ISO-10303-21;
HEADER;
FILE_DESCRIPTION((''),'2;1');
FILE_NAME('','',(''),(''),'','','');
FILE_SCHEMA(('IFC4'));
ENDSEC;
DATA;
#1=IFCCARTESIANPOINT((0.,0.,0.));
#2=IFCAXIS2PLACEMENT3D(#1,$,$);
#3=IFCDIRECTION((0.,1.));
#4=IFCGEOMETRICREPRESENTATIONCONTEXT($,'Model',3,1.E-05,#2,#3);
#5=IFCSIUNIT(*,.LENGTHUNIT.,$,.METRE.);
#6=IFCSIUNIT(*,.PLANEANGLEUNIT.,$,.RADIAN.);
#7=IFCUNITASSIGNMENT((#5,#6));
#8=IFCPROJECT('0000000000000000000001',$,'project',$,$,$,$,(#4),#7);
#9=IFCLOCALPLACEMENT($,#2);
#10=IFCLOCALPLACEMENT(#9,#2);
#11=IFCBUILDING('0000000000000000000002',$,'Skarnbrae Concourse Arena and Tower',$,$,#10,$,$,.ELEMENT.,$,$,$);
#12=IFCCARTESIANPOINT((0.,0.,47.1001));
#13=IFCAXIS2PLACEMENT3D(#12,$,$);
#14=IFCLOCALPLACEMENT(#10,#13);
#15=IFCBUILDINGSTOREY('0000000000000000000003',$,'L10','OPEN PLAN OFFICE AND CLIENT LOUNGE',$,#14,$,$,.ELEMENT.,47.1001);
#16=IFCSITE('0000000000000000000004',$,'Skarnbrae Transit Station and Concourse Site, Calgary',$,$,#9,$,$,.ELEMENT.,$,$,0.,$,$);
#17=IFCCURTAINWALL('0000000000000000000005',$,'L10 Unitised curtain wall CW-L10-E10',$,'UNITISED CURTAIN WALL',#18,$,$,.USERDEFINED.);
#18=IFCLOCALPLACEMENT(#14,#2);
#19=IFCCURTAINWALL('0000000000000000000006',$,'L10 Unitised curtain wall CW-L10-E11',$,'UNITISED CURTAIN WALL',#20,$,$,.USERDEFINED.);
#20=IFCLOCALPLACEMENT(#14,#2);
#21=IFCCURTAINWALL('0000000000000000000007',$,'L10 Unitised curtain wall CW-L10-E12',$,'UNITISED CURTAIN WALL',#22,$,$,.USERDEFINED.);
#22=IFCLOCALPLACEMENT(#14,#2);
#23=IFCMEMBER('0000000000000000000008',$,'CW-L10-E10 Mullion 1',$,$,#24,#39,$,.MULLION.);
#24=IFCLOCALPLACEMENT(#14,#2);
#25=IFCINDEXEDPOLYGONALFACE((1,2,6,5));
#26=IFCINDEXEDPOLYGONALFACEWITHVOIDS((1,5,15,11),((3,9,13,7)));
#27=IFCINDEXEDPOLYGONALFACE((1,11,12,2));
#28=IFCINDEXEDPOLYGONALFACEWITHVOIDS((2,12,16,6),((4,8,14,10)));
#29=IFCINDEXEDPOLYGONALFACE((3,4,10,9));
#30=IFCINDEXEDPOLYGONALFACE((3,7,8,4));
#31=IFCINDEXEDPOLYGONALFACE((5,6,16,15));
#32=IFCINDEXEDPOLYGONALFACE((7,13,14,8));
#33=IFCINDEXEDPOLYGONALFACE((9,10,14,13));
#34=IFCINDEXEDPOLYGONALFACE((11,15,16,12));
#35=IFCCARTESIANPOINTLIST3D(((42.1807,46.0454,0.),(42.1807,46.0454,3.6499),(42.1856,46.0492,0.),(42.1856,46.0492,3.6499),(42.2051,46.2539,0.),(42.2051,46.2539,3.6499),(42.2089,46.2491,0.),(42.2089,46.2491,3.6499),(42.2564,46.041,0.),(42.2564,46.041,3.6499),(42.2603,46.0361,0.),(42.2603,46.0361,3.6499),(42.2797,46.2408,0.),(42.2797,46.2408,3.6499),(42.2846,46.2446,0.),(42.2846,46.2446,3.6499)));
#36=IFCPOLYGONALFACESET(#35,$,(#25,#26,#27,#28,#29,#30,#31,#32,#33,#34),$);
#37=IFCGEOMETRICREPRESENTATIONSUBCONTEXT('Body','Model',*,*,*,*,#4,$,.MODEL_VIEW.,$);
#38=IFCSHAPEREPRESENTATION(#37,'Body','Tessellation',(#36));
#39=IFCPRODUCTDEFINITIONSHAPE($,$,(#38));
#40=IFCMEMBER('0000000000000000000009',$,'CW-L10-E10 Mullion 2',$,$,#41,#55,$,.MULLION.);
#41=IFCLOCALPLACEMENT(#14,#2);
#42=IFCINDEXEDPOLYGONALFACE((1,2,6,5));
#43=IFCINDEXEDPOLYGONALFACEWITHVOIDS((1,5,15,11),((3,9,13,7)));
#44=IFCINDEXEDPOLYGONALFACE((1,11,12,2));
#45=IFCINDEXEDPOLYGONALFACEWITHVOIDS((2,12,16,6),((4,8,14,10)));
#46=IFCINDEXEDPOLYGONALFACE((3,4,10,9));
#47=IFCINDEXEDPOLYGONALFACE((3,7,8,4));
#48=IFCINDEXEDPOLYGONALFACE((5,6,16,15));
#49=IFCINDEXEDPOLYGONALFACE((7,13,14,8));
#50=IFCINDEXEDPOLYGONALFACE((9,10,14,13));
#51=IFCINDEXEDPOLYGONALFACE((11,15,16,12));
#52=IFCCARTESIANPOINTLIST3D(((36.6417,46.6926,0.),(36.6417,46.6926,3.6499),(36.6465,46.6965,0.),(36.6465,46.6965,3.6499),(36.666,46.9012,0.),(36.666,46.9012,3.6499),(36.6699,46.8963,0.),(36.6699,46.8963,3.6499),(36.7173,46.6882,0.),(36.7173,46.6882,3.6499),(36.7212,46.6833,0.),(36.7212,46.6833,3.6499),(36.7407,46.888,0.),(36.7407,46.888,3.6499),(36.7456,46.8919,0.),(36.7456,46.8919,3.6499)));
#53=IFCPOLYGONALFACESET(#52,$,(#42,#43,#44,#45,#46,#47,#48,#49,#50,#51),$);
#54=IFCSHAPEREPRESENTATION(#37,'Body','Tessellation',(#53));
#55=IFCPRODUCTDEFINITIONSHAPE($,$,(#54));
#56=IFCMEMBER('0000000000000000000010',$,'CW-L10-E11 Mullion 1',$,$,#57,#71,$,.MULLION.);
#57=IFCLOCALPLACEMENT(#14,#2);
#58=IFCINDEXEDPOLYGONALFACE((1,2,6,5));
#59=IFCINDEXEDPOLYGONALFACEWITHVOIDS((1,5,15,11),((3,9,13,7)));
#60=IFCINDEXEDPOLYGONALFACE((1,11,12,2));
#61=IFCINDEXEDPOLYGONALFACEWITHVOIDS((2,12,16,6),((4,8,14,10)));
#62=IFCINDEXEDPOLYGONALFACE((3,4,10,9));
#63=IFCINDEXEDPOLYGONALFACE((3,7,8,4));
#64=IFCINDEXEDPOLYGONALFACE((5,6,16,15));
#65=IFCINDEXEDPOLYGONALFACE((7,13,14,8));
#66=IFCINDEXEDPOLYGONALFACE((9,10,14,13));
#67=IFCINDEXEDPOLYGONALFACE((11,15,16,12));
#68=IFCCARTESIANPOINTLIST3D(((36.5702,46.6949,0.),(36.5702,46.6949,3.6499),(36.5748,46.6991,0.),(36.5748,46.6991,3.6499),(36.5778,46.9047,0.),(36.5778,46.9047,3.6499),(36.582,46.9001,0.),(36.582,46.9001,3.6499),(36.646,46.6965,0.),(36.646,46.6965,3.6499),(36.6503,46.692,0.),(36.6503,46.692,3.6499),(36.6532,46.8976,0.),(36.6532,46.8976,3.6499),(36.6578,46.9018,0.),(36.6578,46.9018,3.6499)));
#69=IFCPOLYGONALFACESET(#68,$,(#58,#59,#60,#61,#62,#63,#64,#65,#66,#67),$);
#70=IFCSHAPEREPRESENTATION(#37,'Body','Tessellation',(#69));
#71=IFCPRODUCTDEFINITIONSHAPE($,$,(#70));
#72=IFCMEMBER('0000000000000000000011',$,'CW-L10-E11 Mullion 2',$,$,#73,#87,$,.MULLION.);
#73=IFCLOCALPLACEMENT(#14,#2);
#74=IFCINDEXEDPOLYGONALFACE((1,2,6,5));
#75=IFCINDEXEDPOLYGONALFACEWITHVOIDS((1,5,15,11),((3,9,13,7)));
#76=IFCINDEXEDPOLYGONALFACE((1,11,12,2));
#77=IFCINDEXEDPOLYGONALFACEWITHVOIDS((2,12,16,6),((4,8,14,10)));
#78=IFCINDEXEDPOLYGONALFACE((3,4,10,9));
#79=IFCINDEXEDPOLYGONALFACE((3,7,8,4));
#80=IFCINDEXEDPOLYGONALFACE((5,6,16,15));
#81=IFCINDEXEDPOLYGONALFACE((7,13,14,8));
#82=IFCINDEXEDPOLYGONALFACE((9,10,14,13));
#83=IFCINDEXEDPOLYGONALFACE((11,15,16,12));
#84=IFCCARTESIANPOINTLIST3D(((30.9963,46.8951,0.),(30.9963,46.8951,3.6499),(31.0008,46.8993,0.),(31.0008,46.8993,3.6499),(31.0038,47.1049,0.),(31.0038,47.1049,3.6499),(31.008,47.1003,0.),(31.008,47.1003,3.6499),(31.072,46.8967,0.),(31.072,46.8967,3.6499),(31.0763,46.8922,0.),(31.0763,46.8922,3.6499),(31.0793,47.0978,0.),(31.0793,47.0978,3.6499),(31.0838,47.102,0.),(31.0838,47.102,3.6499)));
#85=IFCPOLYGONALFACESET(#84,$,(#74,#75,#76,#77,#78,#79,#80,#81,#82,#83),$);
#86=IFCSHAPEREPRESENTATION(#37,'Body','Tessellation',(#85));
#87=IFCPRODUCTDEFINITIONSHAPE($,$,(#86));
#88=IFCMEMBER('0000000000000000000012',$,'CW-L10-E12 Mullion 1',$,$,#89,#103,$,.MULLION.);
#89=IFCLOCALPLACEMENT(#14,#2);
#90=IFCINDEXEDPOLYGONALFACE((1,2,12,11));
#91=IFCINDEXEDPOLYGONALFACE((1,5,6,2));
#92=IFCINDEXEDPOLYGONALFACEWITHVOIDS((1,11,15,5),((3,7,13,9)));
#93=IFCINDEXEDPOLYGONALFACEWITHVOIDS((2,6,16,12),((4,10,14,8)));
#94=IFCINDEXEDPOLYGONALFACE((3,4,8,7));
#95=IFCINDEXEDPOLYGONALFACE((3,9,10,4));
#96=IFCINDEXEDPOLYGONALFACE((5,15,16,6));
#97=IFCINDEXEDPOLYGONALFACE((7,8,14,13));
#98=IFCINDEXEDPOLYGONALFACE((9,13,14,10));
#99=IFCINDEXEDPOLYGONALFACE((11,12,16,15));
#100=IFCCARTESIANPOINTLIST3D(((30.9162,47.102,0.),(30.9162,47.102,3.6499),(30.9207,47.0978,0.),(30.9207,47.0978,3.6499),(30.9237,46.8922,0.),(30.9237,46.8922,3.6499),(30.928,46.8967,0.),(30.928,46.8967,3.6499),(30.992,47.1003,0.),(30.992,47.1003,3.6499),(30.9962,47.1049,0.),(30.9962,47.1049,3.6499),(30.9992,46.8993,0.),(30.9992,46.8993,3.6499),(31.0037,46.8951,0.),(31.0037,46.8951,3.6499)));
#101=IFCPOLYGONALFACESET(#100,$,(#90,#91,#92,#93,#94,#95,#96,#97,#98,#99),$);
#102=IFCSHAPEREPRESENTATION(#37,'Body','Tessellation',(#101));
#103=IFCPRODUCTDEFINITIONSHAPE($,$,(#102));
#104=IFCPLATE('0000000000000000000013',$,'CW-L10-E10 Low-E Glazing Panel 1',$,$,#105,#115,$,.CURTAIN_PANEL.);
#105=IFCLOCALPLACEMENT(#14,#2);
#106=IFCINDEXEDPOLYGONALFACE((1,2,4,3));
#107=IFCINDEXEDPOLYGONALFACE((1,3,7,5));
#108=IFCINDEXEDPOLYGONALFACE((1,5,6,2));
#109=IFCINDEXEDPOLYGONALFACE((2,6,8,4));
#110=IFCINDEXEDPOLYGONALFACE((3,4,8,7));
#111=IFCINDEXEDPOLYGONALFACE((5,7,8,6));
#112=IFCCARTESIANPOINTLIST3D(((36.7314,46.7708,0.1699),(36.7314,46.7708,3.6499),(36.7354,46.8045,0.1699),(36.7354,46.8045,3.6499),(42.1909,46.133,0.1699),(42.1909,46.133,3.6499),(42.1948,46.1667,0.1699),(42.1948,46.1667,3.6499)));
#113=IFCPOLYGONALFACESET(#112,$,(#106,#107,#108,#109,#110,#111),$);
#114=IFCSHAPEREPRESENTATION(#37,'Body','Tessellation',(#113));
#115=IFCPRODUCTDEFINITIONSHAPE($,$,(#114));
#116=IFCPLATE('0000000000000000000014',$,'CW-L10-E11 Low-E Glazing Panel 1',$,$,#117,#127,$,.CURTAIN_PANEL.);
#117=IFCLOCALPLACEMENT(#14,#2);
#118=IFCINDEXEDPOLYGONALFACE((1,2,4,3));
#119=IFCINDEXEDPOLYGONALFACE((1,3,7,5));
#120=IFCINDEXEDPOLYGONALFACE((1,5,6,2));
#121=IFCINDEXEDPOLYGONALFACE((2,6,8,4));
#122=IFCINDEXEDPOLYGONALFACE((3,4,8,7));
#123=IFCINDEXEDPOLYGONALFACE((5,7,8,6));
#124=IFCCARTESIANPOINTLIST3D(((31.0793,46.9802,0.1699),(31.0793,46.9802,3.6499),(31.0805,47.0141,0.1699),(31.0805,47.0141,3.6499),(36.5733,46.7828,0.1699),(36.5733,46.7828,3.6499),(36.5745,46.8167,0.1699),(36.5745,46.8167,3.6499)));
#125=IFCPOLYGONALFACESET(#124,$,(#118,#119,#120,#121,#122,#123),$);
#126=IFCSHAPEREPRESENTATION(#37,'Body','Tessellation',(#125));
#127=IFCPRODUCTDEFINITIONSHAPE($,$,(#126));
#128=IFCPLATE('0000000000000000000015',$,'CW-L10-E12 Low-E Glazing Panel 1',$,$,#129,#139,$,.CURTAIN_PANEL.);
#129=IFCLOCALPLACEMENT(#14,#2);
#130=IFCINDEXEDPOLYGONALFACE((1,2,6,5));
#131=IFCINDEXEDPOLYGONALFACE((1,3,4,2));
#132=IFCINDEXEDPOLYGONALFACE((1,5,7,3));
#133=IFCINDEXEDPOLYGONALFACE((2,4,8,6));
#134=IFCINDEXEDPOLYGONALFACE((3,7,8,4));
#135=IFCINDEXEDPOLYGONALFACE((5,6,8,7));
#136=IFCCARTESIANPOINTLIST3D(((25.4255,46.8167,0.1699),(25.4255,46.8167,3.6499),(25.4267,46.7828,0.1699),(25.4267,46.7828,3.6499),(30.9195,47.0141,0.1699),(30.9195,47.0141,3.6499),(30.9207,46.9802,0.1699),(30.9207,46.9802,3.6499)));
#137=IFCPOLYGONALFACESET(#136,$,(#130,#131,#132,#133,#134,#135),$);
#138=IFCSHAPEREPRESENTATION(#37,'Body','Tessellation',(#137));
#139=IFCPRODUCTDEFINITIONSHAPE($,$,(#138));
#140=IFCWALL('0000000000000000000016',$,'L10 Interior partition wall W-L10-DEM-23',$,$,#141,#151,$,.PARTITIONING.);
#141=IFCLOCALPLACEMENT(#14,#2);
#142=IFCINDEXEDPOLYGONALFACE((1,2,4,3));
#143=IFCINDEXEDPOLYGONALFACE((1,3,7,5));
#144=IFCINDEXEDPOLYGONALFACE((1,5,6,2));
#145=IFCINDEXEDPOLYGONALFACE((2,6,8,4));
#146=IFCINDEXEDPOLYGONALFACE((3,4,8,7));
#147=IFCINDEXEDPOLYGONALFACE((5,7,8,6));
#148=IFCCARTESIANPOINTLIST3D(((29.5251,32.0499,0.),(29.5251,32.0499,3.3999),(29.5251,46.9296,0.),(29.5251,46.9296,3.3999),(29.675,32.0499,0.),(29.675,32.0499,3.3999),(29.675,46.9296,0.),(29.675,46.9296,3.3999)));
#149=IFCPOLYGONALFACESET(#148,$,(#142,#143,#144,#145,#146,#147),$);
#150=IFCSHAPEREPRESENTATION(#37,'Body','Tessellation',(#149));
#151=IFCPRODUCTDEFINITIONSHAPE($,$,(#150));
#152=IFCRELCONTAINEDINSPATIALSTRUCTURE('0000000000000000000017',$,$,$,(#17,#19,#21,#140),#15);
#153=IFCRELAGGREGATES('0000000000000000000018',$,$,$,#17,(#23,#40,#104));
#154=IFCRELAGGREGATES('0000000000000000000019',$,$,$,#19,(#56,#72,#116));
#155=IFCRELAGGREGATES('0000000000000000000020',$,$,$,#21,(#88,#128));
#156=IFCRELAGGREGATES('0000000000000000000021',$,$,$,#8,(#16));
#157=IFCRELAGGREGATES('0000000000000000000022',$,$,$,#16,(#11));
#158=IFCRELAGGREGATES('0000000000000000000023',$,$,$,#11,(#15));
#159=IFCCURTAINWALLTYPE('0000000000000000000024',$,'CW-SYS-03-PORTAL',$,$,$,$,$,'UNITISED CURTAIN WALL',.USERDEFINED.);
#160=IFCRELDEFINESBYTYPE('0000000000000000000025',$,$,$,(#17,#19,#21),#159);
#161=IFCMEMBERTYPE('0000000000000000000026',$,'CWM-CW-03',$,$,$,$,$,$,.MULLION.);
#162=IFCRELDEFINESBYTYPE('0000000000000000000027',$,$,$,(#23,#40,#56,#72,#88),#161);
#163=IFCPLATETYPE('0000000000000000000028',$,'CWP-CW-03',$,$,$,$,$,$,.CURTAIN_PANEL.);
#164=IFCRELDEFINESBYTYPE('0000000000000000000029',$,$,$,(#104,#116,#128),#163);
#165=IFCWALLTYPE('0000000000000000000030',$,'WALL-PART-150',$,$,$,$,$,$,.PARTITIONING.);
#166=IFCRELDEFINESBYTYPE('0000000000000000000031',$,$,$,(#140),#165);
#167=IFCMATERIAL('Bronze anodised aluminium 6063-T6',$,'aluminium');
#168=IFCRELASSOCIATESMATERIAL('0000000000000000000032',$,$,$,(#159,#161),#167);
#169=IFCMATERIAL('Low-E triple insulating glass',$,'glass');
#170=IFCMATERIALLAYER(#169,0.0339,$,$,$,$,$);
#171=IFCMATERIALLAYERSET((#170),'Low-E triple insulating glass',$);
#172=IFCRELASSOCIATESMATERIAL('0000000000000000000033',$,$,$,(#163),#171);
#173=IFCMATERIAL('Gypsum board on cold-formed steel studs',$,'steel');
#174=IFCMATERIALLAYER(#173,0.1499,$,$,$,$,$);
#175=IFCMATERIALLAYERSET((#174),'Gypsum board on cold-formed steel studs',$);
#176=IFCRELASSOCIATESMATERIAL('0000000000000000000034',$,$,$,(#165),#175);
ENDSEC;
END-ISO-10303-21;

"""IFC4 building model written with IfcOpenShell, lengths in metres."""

from ifc_helpers import new_model, si_unit, direction, frame, frame_2d, origin, origin_2d, place, context, subcontext, project, spatial, rectangle, hollow_rectangle, extrude, source, transform, mapped, material, layer, layer_set, material_profile, profile_set, type_object, element, aggregate, save


model = new_model("IFC4")

# Units and contexts
model_context = context("Model", 3, precision=1e-05, world=origin(), true_north=direction((0.0, 1.0)))
body_context = subcontext(model_context, "Body", "Model", "MODEL_VIEW")
ifc_project = project(units=[si_unit("LENGTHUNIT", "METRE"), si_unit("PLANEANGLEUNIT", "RADIAN")], contexts=[model_context])

# Site, building, storey
site_placement = place(None, origin())
site = spatial("IfcSite", under=ifc_project, at=site_placement, Name="Skarnbrae Transit Station and Concourse Site, Calgary", CompositionType="ELEMENT", RefElevation=0.0)
building_placement = place(site_placement, origin())
building = spatial("IfcBuilding", under=site, at=building_placement, Name="Skarnbrae Concourse Arena and Tower", CompositionType="ELEMENT")
storey_placement = place(building_placement, frame((0.0, 0.0, 47.1001)))
storey = spatial("IfcBuildingStorey", under=building, at=storey_placement, Name="L10", Description="OPEN PLAN OFFICE AND CLIENT LOUNGE", CompositionType="ELEMENT", Elevation=47.1001)

# Curtain walls
ifc_material_1 = material(Name="Bronze anodised aluminium 6063-T6", Category="aluminium")
curtain_wall_type = type_object("IfcCurtainWallType", Name="CW-SYS-03-PORTAL", ElementType="UNITISED CURTAIN WALL", PredefinedType="USERDEFINED", material=ifc_material_1)
curtain_wall_1_placement = place(storey_placement, origin())
curtain_wall_1 = element("IfcCurtainWall", 1, at=curtain_wall_1_placement, inside=storey, type_object=curtain_wall_type, Name="L10 Unitised curtain wall CW-L10-E10", ObjectType="UNITISED CURTAIN WALL", PredefinedType="USERDEFINED")
curtain_wall_2_placement = place(storey_placement, origin())
curtain_wall_2 = element("IfcCurtainWall", 2, at=curtain_wall_2_placement, inside=storey, type_object=curtain_wall_type, Name="L10 Unitised curtain wall CW-L10-E11", ObjectType="UNITISED CURTAIN WALL", PredefinedType="USERDEFINED")
curtain_wall_3_placement = place(storey_placement, origin())
curtain_wall_3 = element("IfcCurtainWall", 3, at=curtain_wall_3_placement, inside=storey, type_object=curtain_wall_type, Name="L10 Unitised curtain wall CW-L10-E12", ObjectType="UNITISED CURTAIN WALL", PredefinedType="USERDEFINED")

# Members
ifc_material_profile_1 = material_profile(ifc_material_1, hollow_rectangle(XDim=0.0801, YDim=0.21, WallThickness=0.0044, at=origin_2d()), Name="ALU-MULL-80X210")
ifc_profile_set_1 = profile_set([ifc_material_profile_1], Name="Bronze anodised aluminium 6063-T6")
member_type_1 = type_object("IfcMemberType", Name="CWM-CW-03", PredefinedType="MULLION", material=ifc_profile_set_1)
shared_shape_1 = source(origin(), body_context, "Body", "SweptSolid", [
    extrude(hollow_rectangle(XDim=0.0801, YDim=0.21, WallThickness=0.0044, at=origin_2d()), origin(), (0.0, 0.0, 1.0), 3.6499),
])
member_1_placement = place(storey_placement, frame((42.2327, 46.145, 0.0), z_axis=(0.0, 0.0, 1.0), x_axis=(-0.993245, 0.11604, 0.0)))
member_1 = element("IfcMember", 4, at=member_1_placement, type_object=member_type_1, Name="CW-L10-E10 Mullion 1", PredefinedType="MULLION", context=body_context, shape_type="MappedRepresentation", body=[
    mapped(shared_shape_1, transform((0.0, 0.0, 0.0))),
])
member_2_placement = place(storey_placement, frame((36.6936, 46.7922, 0.0), z_axis=(0.0, 0.0, 1.0), x_axis=(-0.993245, 0.11604, 0.0)))
member_2 = element("IfcMember", 5, at=member_2_placement, type_object=member_type_1, Name="CW-L10-E10 Mullion 2", PredefinedType="MULLION", context=body_context, shape_type="MappedRepresentation", body=[
    mapped(shared_shape_1, transform((0.0, 0.0, 0.0))),
])
member_3_placement = place(storey_placement, frame((36.614, 46.7983, 0.0), z_axis=(0.0, 0.0, 1.0), x_axis=(-0.999355, 0.035899, 0.0)))
member_3 = element("IfcMember", 6, at=member_3_placement, type_object=member_type_1, Name="CW-L10-E11 Mullion 1", PredefinedType="MULLION", context=body_context, shape_type="MappedRepresentation", body=[
    mapped(shared_shape_1, transform((0.0, 0.0, 0.0))),
])
member_4_placement = place(storey_placement, frame((31.04, 46.9985, 0.0), z_axis=(0.0, 0.0, 1.0), x_axis=(-0.999355, 0.035899, 0.0)))
member_4 = element("IfcMember", 7, at=member_4_placement, type_object=member_type_1, Name="CW-L10-E11 Mullion 2", PredefinedType="MULLION", context=body_context, shape_type="MappedRepresentation", body=[
    mapped(shared_shape_1, transform((0.0, 0.0, 0.0))),
])
member_5_placement = place(storey_placement, frame((30.96, 46.9985, 0.0), z_axis=(0.0, 0.0, 1.0), x_axis=(-0.999355, -0.035899, 0.0)))
member_5 = element("IfcMember", 8, at=member_5_placement, type_object=member_type_1, Name="CW-L10-E12 Mullion 1", PredefinedType="MULLION", context=body_context, shape_type="MappedRepresentation", body=[
    mapped(shared_shape_1, transform((0.0, 0.0, 0.0))),
])

# Plates
ifc_material_2 = material(Name="Low-E triple insulating glass", Category="glass")
ifc_layer_1 = layer(ifc_material_2, 0.0339)
ifc_layer_set_1 = layer_set([ifc_layer_1], Name="Low-E triple insulating glass")
plate_type = type_object("IfcPlateType", Name="CWP-CW-03", PredefinedType="CURTAIN_PANEL", material=ifc_layer_set_1)
shared_shape_2 = source(origin(), body_context, "Body", "SweptSolid", [
    extrude(rectangle(XDim=5.4966, YDim=0.0339, at=origin_2d()), origin(), (0.0, 0.0, 1.0), 3.48),
])
plate_1_placement = place(storey_placement, frame((39.4631, 46.4688, 0.1699), z_axis=(0.0, 0.0, 1.0), x_axis=(-0.993245, 0.11604, 0.0)))
plate_1 = element("IfcPlate", 9, at=plate_1_placement, type_object=plate_type, Name="CW-L10-E10 Low-E Glazing Panel 1", PredefinedType="CURTAIN_PANEL", context=body_context, shape_type="MappedRepresentation", body=[
    mapped(shared_shape_2, transform((0.0, 0.0, 0.0))),
])
aggregate(curtain_wall_1, [member_1, member_2, plate_1])
shared_shape_3 = source(origin(), body_context, "Body", "SweptSolid", [
    extrude(rectangle(XDim=5.4976, YDim=0.0339, at=origin_2d()), origin(), (0.0, 0.0, 1.0), 3.48),
])
plate_2_placement = place(storey_placement, frame((33.8269, 46.8984, 0.1699), z_axis=(0.0, 0.0, 1.0), x_axis=(-0.999355, 0.035899, 0.0)))
plate_2 = element("IfcPlate", 10, at=plate_2_placement, type_object=plate_type, Name="CW-L10-E11 Low-E Glazing Panel 1", PredefinedType="CURTAIN_PANEL", context=body_context, shape_type="MappedRepresentation", body=[
    mapped(shared_shape_3, transform((0.0, 0.0, 0.0))),
])
aggregate(curtain_wall_2, [member_3, member_4, plate_2])
plate_3_placement = place(storey_placement, frame((28.1731, 46.8984, 0.1699), z_axis=(0.0, 0.0, 1.0), x_axis=(-0.999355, -0.035899, 0.0)))
plate_3 = element("IfcPlate", 11, at=plate_3_placement, type_object=plate_type, Name="CW-L10-E12 Low-E Glazing Panel 1", PredefinedType="CURTAIN_PANEL", context=body_context, shape_type="MappedRepresentation", body=[
    mapped(shared_shape_3, transform((0.0, 0.0, 0.0))),
])
aggregate(curtain_wall_3, [member_5, plate_3])

# Wall
ifc_material_3 = material(Name="Gypsum board on cold-formed steel studs", Category="steel")
ifc_layer_2 = layer(ifc_material_3, 0.1499)
ifc_layer_set_2 = layer_set([ifc_layer_2], Name="Gypsum board on cold-formed steel studs")
wall_type = type_object("IfcWallType", Name="WALL-PART-150", PredefinedType="PARTITIONING", material=ifc_layer_set_2)
shared_shape_4 = source(origin(), body_context, "Body", "SweptSolid", [
    extrude(rectangle(XDim=14.8796, YDim=0.1499, at=frame_2d((7.4399, 0.0))), origin(), (0.0, 0.0, 1.0), 3.3999),
])
wall_placement = place(storey_placement, frame((29.6001, 46.9297, 0.0), z_axis=(0.0, 0.0, 1.0), x_axis=(0.0, -1.0, 0.0)))
element("IfcWall", 12, at=wall_placement, inside=storey, type_object=wall_type, Name="L10 Interior partition wall W-L10-DEM-23", PredefinedType="PARTITIONING", context=body_context, shape_type="MappedRepresentation", body=[
    mapped(shared_shape_4, transform((0.0, 0.0, 0.0))),
])

save(model, "model.ifc")
